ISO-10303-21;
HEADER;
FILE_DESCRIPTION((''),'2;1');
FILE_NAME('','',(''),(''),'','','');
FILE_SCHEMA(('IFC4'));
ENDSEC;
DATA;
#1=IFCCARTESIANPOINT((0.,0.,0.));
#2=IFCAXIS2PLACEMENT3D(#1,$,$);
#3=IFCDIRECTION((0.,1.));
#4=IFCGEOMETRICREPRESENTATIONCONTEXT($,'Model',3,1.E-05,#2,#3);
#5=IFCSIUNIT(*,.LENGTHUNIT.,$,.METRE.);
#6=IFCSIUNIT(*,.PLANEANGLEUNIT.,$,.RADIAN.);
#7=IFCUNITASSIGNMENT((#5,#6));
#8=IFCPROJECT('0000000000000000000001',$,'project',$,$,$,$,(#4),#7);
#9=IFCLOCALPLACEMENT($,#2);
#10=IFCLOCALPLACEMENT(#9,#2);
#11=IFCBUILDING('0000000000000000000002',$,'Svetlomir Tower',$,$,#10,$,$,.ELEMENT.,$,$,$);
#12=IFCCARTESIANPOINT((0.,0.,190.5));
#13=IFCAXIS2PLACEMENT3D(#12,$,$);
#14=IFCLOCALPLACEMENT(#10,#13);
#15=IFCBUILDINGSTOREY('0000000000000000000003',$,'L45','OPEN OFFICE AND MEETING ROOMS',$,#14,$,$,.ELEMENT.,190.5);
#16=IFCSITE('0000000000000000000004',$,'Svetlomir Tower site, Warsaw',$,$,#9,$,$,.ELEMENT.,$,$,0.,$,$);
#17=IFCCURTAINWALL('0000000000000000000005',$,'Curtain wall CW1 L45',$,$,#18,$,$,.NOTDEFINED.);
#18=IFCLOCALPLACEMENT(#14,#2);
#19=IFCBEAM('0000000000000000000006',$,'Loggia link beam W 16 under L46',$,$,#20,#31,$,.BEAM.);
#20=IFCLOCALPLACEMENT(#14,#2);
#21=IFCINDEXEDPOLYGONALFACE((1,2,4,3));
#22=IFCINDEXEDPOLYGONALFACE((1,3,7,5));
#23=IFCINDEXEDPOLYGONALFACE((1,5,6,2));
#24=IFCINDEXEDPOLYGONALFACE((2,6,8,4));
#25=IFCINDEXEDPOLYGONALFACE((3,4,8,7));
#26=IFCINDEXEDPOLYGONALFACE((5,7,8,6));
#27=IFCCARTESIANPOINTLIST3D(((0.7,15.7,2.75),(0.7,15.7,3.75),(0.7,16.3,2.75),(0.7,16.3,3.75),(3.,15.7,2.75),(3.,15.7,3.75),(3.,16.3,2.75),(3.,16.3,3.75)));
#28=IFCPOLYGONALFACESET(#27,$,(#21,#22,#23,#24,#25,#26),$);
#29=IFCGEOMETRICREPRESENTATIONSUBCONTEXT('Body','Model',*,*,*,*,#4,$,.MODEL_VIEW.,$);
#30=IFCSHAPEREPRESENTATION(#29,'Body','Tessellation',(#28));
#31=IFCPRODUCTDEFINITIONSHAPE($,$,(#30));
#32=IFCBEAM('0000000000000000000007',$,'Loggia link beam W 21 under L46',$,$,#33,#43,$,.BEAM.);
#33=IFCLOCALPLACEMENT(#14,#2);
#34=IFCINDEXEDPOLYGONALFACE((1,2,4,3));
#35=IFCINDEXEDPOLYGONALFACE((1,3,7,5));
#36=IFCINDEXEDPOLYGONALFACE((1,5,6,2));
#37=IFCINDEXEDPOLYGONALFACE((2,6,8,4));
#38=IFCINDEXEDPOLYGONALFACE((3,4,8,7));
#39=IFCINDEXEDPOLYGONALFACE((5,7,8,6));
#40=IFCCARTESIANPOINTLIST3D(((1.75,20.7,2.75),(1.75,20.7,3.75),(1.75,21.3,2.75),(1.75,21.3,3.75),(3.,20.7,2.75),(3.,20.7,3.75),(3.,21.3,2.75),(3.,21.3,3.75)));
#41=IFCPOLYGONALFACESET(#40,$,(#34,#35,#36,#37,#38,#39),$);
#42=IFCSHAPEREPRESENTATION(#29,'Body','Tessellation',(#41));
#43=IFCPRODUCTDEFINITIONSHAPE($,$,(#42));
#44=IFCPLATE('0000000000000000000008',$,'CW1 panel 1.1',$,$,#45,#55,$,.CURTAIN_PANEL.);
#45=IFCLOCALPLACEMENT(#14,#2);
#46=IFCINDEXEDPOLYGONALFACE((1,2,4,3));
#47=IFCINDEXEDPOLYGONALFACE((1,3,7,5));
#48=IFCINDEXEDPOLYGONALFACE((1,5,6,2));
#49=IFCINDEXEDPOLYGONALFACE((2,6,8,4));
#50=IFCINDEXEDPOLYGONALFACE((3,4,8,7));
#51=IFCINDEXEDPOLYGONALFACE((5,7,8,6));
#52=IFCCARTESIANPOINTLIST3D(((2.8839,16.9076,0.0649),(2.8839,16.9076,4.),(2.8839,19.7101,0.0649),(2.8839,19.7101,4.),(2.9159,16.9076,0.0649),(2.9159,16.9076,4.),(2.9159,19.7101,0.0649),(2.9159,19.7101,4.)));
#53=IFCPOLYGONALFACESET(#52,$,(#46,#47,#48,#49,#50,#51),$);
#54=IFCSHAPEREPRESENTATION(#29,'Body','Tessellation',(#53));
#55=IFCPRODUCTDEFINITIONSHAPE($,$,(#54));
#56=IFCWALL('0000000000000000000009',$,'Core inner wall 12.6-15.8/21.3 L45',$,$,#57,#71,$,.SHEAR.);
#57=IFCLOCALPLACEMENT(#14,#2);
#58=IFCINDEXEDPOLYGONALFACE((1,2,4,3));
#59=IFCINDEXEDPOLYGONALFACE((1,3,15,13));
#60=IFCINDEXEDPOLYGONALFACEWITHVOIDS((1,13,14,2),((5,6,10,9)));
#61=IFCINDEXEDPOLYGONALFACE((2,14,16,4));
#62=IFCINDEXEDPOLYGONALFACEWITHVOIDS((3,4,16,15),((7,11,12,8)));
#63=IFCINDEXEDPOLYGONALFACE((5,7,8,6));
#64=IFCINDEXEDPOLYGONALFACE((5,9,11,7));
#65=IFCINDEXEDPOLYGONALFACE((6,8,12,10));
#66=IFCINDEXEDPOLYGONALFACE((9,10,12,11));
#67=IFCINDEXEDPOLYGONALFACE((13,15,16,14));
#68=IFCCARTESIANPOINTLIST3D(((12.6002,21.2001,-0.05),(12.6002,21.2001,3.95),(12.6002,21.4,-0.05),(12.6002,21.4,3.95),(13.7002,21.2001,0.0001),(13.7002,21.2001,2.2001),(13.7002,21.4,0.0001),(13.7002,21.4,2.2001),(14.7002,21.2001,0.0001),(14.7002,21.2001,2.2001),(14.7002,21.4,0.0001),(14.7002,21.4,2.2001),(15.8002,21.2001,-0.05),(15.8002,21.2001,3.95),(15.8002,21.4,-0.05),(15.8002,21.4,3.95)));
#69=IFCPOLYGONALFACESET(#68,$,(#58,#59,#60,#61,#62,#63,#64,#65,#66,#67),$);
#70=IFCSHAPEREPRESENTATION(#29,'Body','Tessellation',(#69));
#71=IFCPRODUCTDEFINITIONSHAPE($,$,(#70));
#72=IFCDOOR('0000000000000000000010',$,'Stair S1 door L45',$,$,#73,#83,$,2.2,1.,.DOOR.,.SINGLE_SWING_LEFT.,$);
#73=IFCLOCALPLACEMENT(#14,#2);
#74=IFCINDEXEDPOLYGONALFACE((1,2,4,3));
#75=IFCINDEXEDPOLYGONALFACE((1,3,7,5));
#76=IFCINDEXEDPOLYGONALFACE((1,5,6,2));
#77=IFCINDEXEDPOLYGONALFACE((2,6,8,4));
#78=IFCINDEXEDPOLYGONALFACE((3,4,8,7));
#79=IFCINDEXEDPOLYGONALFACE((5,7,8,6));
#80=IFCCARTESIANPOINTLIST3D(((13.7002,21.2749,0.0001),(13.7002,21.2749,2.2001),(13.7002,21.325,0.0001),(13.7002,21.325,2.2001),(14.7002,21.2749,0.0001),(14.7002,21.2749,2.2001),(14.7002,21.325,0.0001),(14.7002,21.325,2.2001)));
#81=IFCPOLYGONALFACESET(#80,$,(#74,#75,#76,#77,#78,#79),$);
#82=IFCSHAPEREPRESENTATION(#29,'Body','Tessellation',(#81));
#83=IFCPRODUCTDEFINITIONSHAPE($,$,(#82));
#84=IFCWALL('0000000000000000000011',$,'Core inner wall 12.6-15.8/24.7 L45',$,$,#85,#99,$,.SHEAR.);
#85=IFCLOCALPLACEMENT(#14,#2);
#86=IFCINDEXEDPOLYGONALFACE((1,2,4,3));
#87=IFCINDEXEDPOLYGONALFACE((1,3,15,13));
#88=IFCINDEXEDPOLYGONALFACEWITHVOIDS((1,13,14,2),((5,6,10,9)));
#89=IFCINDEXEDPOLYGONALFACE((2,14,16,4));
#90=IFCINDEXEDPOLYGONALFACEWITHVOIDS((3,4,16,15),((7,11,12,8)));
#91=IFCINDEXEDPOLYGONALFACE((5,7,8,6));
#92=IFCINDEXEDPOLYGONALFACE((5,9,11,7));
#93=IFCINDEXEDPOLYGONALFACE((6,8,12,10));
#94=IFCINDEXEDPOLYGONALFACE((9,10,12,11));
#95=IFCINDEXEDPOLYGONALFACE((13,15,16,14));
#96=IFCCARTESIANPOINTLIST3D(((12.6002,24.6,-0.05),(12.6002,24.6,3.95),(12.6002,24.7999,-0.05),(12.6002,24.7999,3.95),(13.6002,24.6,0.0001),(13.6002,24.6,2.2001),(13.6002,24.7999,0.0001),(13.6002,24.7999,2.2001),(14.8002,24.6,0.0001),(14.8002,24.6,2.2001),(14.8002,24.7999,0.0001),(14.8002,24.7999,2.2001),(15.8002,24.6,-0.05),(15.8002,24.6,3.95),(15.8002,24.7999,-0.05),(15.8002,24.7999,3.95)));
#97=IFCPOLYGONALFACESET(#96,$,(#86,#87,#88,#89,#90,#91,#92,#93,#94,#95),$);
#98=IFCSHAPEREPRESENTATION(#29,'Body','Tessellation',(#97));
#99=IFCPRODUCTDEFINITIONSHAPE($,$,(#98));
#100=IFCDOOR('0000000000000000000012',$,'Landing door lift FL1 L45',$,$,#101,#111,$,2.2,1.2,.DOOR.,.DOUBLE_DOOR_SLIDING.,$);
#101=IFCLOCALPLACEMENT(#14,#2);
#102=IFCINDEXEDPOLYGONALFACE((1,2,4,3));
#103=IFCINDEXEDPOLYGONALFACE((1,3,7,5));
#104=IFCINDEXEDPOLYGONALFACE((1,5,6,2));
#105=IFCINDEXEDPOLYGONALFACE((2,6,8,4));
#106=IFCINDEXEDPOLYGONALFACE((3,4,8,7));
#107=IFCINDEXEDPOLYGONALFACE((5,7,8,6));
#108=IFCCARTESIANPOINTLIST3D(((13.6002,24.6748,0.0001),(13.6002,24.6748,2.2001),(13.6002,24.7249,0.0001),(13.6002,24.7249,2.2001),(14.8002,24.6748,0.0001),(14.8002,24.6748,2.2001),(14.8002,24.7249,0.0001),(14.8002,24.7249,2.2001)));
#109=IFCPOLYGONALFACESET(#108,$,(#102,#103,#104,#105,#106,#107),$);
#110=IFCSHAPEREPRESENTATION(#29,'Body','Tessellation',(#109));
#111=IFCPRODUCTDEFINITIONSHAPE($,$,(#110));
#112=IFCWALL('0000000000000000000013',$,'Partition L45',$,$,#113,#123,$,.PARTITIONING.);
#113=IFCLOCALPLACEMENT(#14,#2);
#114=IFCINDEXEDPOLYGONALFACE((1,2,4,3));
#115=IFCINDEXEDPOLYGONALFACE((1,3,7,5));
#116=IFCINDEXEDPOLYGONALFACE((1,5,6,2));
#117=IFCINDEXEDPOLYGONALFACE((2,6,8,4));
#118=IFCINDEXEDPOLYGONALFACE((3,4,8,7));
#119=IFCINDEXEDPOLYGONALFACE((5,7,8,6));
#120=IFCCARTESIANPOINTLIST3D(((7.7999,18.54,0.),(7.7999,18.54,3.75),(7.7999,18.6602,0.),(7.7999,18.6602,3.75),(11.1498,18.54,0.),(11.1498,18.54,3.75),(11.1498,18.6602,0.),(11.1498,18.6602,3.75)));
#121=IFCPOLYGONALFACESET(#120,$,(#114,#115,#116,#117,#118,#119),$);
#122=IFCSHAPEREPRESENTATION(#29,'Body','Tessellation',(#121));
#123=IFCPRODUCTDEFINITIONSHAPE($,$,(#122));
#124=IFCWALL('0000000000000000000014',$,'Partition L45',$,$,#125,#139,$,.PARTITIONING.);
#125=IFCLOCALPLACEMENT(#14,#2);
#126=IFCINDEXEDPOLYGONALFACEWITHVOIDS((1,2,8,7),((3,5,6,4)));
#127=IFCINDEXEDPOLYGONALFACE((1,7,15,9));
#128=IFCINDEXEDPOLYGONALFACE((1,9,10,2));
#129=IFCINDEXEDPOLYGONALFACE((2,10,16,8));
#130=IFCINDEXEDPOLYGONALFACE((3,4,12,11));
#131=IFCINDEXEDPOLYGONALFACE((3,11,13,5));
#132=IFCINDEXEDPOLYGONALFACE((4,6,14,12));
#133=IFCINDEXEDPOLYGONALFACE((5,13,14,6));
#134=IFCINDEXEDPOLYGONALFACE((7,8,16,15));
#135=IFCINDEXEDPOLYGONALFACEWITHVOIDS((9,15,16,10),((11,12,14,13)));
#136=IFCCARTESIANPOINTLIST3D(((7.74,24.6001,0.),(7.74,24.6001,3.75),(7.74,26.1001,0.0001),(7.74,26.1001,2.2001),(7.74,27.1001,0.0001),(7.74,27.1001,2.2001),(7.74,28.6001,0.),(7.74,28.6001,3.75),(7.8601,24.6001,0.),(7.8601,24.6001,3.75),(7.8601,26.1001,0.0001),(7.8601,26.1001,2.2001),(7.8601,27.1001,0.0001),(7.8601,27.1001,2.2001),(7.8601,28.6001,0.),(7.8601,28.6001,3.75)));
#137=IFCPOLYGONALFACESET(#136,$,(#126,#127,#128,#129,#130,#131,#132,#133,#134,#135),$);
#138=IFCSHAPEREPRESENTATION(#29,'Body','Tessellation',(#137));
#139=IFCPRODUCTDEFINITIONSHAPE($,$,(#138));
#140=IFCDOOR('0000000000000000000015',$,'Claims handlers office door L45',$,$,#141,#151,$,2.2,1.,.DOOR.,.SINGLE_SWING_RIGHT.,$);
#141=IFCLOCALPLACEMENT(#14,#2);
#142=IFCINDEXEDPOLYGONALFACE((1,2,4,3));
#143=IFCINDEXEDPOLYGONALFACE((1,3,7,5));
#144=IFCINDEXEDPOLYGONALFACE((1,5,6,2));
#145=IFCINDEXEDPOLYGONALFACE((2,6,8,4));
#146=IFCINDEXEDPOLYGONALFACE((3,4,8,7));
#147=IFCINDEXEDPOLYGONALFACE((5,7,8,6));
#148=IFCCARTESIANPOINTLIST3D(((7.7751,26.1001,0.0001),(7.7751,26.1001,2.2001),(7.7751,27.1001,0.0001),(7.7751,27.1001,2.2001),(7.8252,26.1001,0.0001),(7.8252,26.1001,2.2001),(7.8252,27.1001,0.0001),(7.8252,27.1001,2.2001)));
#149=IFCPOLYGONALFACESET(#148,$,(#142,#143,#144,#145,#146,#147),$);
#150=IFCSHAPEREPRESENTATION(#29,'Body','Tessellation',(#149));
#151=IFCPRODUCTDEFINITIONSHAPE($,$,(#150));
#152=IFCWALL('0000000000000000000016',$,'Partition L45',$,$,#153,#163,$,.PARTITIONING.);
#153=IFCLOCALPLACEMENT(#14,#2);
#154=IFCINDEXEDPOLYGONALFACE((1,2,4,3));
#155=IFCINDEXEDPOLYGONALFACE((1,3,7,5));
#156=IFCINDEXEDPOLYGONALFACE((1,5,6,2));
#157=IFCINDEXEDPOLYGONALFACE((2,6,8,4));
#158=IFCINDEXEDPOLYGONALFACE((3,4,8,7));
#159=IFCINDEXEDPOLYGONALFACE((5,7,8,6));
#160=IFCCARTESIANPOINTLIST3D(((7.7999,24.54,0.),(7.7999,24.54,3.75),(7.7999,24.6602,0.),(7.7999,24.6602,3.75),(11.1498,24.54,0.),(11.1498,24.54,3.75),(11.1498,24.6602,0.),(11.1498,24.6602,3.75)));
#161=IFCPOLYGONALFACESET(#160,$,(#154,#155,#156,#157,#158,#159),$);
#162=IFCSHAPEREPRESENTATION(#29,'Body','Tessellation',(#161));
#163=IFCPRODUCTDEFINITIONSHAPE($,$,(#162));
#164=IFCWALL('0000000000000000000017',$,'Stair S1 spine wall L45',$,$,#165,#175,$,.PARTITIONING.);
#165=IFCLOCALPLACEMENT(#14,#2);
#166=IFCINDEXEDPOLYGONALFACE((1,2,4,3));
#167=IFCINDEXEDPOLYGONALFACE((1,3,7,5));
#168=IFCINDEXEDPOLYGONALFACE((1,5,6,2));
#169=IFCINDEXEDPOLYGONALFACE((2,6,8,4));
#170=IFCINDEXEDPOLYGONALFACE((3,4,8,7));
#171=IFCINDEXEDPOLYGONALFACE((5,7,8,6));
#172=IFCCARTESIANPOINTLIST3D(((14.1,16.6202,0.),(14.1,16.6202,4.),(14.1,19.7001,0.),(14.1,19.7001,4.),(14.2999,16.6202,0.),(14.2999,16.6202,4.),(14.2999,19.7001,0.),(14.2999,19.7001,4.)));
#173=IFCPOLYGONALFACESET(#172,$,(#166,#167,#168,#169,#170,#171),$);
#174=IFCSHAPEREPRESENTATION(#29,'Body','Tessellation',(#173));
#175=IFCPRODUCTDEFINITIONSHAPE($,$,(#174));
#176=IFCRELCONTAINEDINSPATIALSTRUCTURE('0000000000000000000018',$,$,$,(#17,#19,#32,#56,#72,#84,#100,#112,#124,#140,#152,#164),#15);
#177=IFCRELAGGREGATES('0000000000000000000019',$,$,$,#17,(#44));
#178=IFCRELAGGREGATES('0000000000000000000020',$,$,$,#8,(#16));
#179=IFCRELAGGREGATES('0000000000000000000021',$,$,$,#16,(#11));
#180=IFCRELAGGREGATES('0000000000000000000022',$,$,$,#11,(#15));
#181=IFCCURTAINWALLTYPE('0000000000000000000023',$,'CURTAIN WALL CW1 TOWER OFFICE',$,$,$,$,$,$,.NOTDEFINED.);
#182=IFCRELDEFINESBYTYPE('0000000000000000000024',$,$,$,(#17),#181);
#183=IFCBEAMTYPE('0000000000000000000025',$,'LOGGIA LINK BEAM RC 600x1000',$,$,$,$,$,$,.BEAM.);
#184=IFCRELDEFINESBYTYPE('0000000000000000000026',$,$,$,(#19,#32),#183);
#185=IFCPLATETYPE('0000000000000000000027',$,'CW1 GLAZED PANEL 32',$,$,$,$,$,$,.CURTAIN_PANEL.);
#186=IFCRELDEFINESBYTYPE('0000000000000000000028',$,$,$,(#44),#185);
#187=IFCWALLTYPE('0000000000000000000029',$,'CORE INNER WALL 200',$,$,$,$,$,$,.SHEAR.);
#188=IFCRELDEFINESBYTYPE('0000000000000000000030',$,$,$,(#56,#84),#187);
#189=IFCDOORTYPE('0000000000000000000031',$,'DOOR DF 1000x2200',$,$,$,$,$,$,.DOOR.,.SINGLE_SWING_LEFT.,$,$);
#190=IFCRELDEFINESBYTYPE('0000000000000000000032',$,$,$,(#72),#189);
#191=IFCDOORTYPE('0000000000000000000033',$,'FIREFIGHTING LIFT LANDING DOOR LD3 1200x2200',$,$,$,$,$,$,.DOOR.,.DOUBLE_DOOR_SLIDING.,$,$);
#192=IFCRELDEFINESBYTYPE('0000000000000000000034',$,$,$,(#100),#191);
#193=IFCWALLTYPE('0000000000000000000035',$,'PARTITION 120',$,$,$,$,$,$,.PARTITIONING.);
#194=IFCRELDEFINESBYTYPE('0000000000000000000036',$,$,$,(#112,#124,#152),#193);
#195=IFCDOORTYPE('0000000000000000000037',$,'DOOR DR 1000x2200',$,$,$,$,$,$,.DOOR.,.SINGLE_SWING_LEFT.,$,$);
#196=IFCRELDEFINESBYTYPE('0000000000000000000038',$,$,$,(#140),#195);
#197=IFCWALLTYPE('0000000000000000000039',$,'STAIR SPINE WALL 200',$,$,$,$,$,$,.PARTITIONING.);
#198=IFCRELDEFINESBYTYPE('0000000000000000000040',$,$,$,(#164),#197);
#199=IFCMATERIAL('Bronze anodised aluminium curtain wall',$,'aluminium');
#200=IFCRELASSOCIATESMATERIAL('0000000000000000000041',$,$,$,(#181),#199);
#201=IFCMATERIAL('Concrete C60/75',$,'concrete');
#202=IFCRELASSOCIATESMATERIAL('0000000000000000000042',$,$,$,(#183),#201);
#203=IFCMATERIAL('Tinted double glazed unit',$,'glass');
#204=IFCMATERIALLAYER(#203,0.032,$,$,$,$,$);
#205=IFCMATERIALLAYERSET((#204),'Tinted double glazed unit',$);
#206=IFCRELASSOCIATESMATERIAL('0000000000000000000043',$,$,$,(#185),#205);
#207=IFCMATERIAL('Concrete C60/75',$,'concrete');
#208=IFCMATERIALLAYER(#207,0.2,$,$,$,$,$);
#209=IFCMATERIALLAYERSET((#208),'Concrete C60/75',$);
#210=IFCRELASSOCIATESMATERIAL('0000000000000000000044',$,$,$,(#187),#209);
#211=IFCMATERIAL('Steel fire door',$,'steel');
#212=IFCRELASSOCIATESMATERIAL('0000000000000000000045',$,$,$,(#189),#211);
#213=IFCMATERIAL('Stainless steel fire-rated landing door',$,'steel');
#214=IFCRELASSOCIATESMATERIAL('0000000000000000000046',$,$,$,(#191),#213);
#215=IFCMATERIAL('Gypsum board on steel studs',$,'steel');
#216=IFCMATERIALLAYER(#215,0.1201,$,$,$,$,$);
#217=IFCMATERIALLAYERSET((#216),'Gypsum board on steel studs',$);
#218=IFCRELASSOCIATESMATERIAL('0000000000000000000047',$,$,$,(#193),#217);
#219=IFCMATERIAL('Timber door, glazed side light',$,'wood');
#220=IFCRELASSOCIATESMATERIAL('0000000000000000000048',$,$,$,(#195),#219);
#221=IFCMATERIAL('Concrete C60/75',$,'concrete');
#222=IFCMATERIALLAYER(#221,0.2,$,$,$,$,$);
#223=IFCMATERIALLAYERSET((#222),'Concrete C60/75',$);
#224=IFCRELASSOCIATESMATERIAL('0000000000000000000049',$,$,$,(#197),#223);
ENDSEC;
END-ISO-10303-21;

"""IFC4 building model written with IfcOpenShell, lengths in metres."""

from ifc_helpers import new_model, si_unit, direction, frame, frame_2d, origin, origin_2d, place, context, subcontext, project, spatial, rectangle, extrude, material, layer, layer_set, material_profile, profile_set, type_object, element, fill, aggregate, save


model = new_model("IFC4")

# Units and contexts
model_context = context("Model", 3, precision=1e-05, world=origin(), true_north=direction((0.0, 1.0)))
body_context = subcontext(model_context, "Body", "Model", "MODEL_VIEW")
ifc_project = project(units=[si_unit("LENGTHUNIT", "METRE"), si_unit("PLANEANGLEUNIT", "RADIAN")], contexts=[model_context])

# Site, building, storey
site_placement = place(None, origin())
site = spatial("IfcSite", under=ifc_project, at=site_placement, Name="Svetlomir Tower site, Warsaw", CompositionType="ELEMENT", RefElevation=0.0)
building_placement = place(site_placement, origin())
building = spatial("IfcBuilding", under=site, at=building_placement, Name="Svetlomir Tower", CompositionType="ELEMENT")
storey_placement = place(building_placement, frame((0.0, 0.0, 190.5)))
storey = spatial("IfcBuildingStorey", under=building, at=storey_placement, Name="L45", Description="OPEN OFFICE AND MEETING ROOMS", CompositionType="ELEMENT", Elevation=190.5)

# Curtain wall
ifc_material_1 = material(Name="Bronze anodised aluminium curtain wall", Category="aluminium")
curtain_wall_type = type_object("IfcCurtainWallType", Name="CURTAIN WALL CW1 TOWER OFFICE", PredefinedType="NOTDEFINED", material=ifc_material_1)
curtain_wall_1_placement = place(storey_placement, origin())
curtain_wall_1 = element("IfcCurtainWall", 1, at=curtain_wall_1_placement, inside=storey, type_object=curtain_wall_type, Name="Curtain wall CW1 L45", PredefinedType="NOTDEFINED")

# Beams
ifc_material_2 = material(Name="Concrete C60/75", Category="concrete")
ifc_material_profile_1 = material_profile(ifc_material_2, rectangle(XDim=0.6001, YDim=1.0, at=origin_2d()), Name="RC 600x1000")
ifc_profile_set_1 = profile_set([ifc_material_profile_1], Name="Concrete C60/75")
beam_type_1 = type_object("IfcBeamType", Name="LOGGIA LINK BEAM RC 600x1000", PredefinedType="BEAM", material=ifc_profile_set_1)
beam_1_placement = place(storey_placement, frame((0.7, 16.0, 3.25), z_axis=(1.0, 0.0, 0.0), x_axis=(0.0, 1.0, 0.0)))
element("IfcBeam", 2, at=beam_1_placement, inside=storey, type_object=beam_type_1, Name="Loggia link beam W 16 under L46", PredefinedType="BEAM", context=body_context, shape_type="SweptSolid", body=[
    extrude(rectangle(XDim=0.6001, YDim=1.0, at=origin_2d()), origin(), (0.0, 0.0, 1.0), 2.3),
])
beam_2_placement = place(storey_placement, frame((1.75, 21.0, 3.25), z_axis=(1.0, 0.0, 0.0), x_axis=(0.0, 1.0, 0.0)))
element("IfcBeam", 3, at=beam_2_placement, inside=storey, type_object=beam_type_1, Name="Loggia link beam W 21 under L46", PredefinedType="BEAM", context=body_context, shape_type="SweptSolid", body=[
    extrude(rectangle(XDim=0.6001, YDim=1.0, at=origin_2d()), origin(), (0.0, 0.0, 1.0), 1.25),
])

# Plate
ifc_material_3 = material(Name="Tinted double glazed unit", Category="glass")
ifc_layer_1 = layer(ifc_material_3, 0.032)
ifc_layer_set_1 = layer_set([ifc_layer_1], Name="Tinted double glazed unit")
plate_type = type_object("IfcPlateType", Name="CW1 GLAZED PANEL 32", PredefinedType="CURTAIN_PANEL", material=ifc_layer_set_1)
plate_placement = place(storey_placement, frame((2.8999, 18.3088, 0.0649), z_axis=(0.0, 0.0, 1.0), x_axis=(0.0, -1.0, 0.0)))
plate = element("IfcPlate", 4, at=plate_placement, type_object=plate_type, Name="CW1 panel 1.1", PredefinedType="CURTAIN_PANEL", context=body_context, shape_type="SweptSolid", body=[
    extrude(rectangle(XDim=2.8025, YDim=0.032, at=origin_2d()), origin(), (0.0, 0.0, 1.0), 3.9351),
])
aggregate(curtain_wall_1, [plate])

# Walls, openings, doors
ifc_material_4 = material(Name="Concrete C60/75", Category="concrete")
ifc_layer_2 = layer(ifc_material_4, 0.2)
ifc_layer_set_2 = layer_set([ifc_layer_2], Name="Concrete C60/75")
wall_type_1 = type_object("IfcWallType", Name="CORE INNER WALL 200", PredefinedType="SHEAR", material=ifc_layer_set_2)
wall_1_placement = place(storey_placement, frame((12.6001, 21.3, -0.05), z_axis=(0.0, 0.0, 1.0), x_axis=(1.0, 0.0, 0.0)))
wall_1 = element("IfcWall", 5, at=wall_1_placement, inside=storey, type_object=wall_type_1, Name="Core inner wall 12.6-15.8/21.3 L45", PredefinedType="SHEAR", context=body_context, shape_type="SweptSolid", body=[
    extrude(rectangle(XDim=3.2, YDim=0.2, at=frame_2d((1.6001, 0.0))), origin(), (0.0, 0.0, 1.0), 4.0),
])
opening_1_placement = place(wall_1_placement, frame((1.1001, 0.0, 0.05)))
opening_1 = element("IfcOpeningElement", 6, at=opening_1_placement, cuts=wall_1, PredefinedType="OPENING", context=body_context, shape_type="SweptSolid", body=[
    extrude(rectangle(XDim=1.0, YDim=2.2, at=frame_2d((0.5, 1.1001))), frame((0.0, 0.1099, 0.0), z_axis=(0.0, -1.0, 0.0), x_axis=(1.0, 0.0, 0.0)), (0.0, 0.0, 1.0), 0.22),
])
ifc_material_5 = material(Name="Steel fire door", Category="steel")
door_type_1 = type_object("IfcDoorType", Name="DOOR DF 1000x2200", OperationType="SINGLE_SWING_LEFT", PredefinedType="DOOR", material=ifc_material_5)
door_1_placement = place(opening_1_placement, origin())
door_1 = element("IfcDoor", 7, at=door_1_placement, inside=storey, type_object=door_type_1, Name="Stair S1 door L45", OperationType="SINGLE_SWING_LEFT", OverallHeight=2.2, OverallWidth=1.0, PredefinedType="DOOR", context=body_context, shape_type="SweptSolid", body=[
    extrude(rectangle(XDim=1.0, YDim=2.2, at=frame_2d((0.5, 1.1001))), frame((0.0, 0.0249, 0.0), z_axis=(0.0, -1.0, 0.0), x_axis=(1.0, 0.0, 0.0)), (0.0, 0.0, 1.0), 0.05),
])
fill(opening_1, door_1)
wall_2_placement = place(storey_placement, frame((12.6001, 24.7, -0.05), z_axis=(0.0, 0.0, 1.0), x_axis=(1.0, 0.0, 0.0)))
wall_2 = element("IfcWall", 8, at=wall_2_placement, inside=storey, type_object=wall_type_1, Name="Core inner wall 12.6-15.8/24.7 L45", PredefinedType="SHEAR", context=body_context, shape_type="SweptSolid", body=[
    extrude(rectangle(XDim=3.2, YDim=0.2, at=frame_2d((1.6001, 0.0))), origin(), (0.0, 0.0, 1.0), 4.0),
])
opening_2_placement = place(wall_2_placement, frame((1.0, 0.0, 0.05)))
opening_2 = element("IfcOpeningElement", 9, at=opening_2_placement, cuts=wall_2, PredefinedType="OPENING", context=body_context, shape_type="SweptSolid", body=[
    extrude(rectangle(XDim=1.2, YDim=2.2, at=frame_2d((0.6001, 1.1001))), frame((0.0, 0.1099, 0.0), z_axis=(0.0, -1.0, 0.0), x_axis=(1.0, 0.0, 0.0)), (0.0, 0.0, 1.0), 0.22),
])
ifc_material_6 = material(Name="Stainless steel fire-rated landing door", Category="steel")
door_type_2 = type_object("IfcDoorType", Name="FIREFIGHTING LIFT LANDING DOOR LD3 1200x2200", OperationType="DOUBLE_DOOR_SLIDING", PredefinedType="DOOR", material=ifc_material_6)
door_2_placement = place(opening_2_placement, origin())
door_2 = element("IfcDoor", 10, at=door_2_placement, inside=storey, type_object=door_type_2, Name="Landing door lift FL1 L45", OperationType="DOUBLE_DOOR_SLIDING", OverallHeight=2.2, OverallWidth=1.2, PredefinedType="DOOR", context=body_context, shape_type="SweptSolid", body=[
    extrude(rectangle(XDim=1.2, YDim=2.2, at=frame_2d((0.6001, 1.1001))), frame((0.0, 0.0249, 0.0), z_axis=(0.0, -1.0, 0.0), x_axis=(1.0, 0.0, 0.0)), (0.0, 0.0, 1.0), 0.05),
])
fill(opening_2, door_2)

# Wall
ifc_material_7 = material(Name="Gypsum board on steel studs", Category="steel")
ifc_layer_3 = layer(ifc_material_7, 0.1201)
ifc_layer_set_3 = layer_set([ifc_layer_3], Name="Gypsum board on steel studs")
wall_type_2 = type_object("IfcWallType", Name="PARTITION 120", PredefinedType="PARTITIONING", material=ifc_layer_set_3)
wall_3_placement = place(storey_placement, frame((7.8, 18.6001, 0.0), z_axis=(0.0, 0.0, 1.0), x_axis=(1.0, 0.0, 0.0)))
element("IfcWall", 11, at=wall_3_placement, inside=storey, type_object=wall_type_2, Name="Partition L45", PredefinedType="PARTITIONING", context=body_context, shape_type="SweptSolid", body=[
    extrude(rectangle(XDim=3.3499, YDim=0.1201, at=frame_2d((1.6748, 0.0))), origin(), (0.0, 0.0, 1.0), 3.75),
])

# Wall, opening, door
wall_4_placement = place(storey_placement, frame((7.8, 24.6001, 0.0), z_axis=(0.0, 0.0, 1.0), x_axis=(0.0, 1.0, 0.0)))
wall_4 = element("IfcWall", 12, at=wall_4_placement, inside=storey, type_object=wall_type_2, Name="Partition L45", PredefinedType="PARTITIONING", context=body_context, shape_type="SweptSolid", body=[
    extrude(rectangle(XDim=4.0, YDim=0.1201, at=frame_2d((2.0, 0.0))), origin(), (0.0, 0.0, 1.0), 3.75),
])
opening_3_placement = place(wall_4_placement, frame((1.5, 0.0, 0.0)))
opening_3 = element("IfcOpeningElement", 13, at=opening_3_placement, cuts=wall_4, PredefinedType="OPENING", context=body_context, shape_type="SweptSolid", body=[
    extrude(rectangle(XDim=1.0, YDim=2.2, at=frame_2d((0.5, 1.1001))), frame((0.0, 0.0701, 0.0), z_axis=(0.0, -1.0, 0.0), x_axis=(1.0, 0.0, 0.0)), (0.0, 0.0, 1.0), 0.1401),
])
ifc_material_8 = material(Name="Timber door, glazed side light", Category="wood")
door_type_3 = type_object("IfcDoorType", Name="DOOR DR 1000x2200", OperationType="SINGLE_SWING_LEFT", PredefinedType="DOOR", material=ifc_material_8)
door_3_placement = place(opening_3_placement, origin())
door_3 = element("IfcDoor", 14, at=door_3_placement, inside=storey, type_object=door_type_3, Name="Claims handlers office door L45", OperationType="SINGLE_SWING_RIGHT", OverallHeight=2.2, OverallWidth=1.0, PredefinedType="DOOR", context=body_context, shape_type="SweptSolid", body=[
    extrude(rectangle(XDim=1.0, YDim=2.2, at=frame_2d((0.5, 1.1001))), frame((0.0, 0.0249, 0.0), z_axis=(0.0, -1.0, 0.0), x_axis=(1.0, 0.0, 0.0)), (0.0, 0.0, 1.0), 0.05),
])
fill(opening_3, door_3)

# Walls
wall_5_placement = place(storey_placement, frame((7.8, 24.6001, 0.0), z_axis=(0.0, 0.0, 1.0), x_axis=(1.0, 0.0, 0.0)))
element("IfcWall", 15, at=wall_5_placement, inside=storey, type_object=wall_type_2, Name="Partition L45", PredefinedType="PARTITIONING", context=body_context, shape_type="SweptSolid", body=[
    extrude(rectangle(XDim=3.3499, YDim=0.1201, at=frame_2d((1.6748, 0.0))), origin(), (0.0, 0.0, 1.0), 3.75),
])
ifc_material_9 = material(Name="Concrete C60/75", Category="concrete")
ifc_layer_4 = layer(ifc_material_9, 0.2)
ifc_layer_set_4 = layer_set([ifc_layer_4], Name="Concrete C60/75")
wall_type_3 = type_object("IfcWallType", Name="STAIR SPINE WALL 200", PredefinedType="PARTITIONING", material=ifc_layer_set_4)
wall_6_placement = place(storey_placement, frame((14.2, 16.6201, 0.0), z_axis=(0.0, 0.0, 1.0), x_axis=(0.0, 1.0, 0.0)))
element("IfcWall", 16, at=wall_6_placement, inside=storey, type_object=wall_type_3, Name="Stair S1 spine wall L45", PredefinedType="PARTITIONING", context=body_context, shape_type="SweptSolid", body=[
    extrude(rectangle(XDim=3.0798, YDim=0.2, at=frame_2d((1.54, 0.0))), origin(), (0.0, 0.0, 1.0), 4.0),
])

save(model, "model.ifc")
